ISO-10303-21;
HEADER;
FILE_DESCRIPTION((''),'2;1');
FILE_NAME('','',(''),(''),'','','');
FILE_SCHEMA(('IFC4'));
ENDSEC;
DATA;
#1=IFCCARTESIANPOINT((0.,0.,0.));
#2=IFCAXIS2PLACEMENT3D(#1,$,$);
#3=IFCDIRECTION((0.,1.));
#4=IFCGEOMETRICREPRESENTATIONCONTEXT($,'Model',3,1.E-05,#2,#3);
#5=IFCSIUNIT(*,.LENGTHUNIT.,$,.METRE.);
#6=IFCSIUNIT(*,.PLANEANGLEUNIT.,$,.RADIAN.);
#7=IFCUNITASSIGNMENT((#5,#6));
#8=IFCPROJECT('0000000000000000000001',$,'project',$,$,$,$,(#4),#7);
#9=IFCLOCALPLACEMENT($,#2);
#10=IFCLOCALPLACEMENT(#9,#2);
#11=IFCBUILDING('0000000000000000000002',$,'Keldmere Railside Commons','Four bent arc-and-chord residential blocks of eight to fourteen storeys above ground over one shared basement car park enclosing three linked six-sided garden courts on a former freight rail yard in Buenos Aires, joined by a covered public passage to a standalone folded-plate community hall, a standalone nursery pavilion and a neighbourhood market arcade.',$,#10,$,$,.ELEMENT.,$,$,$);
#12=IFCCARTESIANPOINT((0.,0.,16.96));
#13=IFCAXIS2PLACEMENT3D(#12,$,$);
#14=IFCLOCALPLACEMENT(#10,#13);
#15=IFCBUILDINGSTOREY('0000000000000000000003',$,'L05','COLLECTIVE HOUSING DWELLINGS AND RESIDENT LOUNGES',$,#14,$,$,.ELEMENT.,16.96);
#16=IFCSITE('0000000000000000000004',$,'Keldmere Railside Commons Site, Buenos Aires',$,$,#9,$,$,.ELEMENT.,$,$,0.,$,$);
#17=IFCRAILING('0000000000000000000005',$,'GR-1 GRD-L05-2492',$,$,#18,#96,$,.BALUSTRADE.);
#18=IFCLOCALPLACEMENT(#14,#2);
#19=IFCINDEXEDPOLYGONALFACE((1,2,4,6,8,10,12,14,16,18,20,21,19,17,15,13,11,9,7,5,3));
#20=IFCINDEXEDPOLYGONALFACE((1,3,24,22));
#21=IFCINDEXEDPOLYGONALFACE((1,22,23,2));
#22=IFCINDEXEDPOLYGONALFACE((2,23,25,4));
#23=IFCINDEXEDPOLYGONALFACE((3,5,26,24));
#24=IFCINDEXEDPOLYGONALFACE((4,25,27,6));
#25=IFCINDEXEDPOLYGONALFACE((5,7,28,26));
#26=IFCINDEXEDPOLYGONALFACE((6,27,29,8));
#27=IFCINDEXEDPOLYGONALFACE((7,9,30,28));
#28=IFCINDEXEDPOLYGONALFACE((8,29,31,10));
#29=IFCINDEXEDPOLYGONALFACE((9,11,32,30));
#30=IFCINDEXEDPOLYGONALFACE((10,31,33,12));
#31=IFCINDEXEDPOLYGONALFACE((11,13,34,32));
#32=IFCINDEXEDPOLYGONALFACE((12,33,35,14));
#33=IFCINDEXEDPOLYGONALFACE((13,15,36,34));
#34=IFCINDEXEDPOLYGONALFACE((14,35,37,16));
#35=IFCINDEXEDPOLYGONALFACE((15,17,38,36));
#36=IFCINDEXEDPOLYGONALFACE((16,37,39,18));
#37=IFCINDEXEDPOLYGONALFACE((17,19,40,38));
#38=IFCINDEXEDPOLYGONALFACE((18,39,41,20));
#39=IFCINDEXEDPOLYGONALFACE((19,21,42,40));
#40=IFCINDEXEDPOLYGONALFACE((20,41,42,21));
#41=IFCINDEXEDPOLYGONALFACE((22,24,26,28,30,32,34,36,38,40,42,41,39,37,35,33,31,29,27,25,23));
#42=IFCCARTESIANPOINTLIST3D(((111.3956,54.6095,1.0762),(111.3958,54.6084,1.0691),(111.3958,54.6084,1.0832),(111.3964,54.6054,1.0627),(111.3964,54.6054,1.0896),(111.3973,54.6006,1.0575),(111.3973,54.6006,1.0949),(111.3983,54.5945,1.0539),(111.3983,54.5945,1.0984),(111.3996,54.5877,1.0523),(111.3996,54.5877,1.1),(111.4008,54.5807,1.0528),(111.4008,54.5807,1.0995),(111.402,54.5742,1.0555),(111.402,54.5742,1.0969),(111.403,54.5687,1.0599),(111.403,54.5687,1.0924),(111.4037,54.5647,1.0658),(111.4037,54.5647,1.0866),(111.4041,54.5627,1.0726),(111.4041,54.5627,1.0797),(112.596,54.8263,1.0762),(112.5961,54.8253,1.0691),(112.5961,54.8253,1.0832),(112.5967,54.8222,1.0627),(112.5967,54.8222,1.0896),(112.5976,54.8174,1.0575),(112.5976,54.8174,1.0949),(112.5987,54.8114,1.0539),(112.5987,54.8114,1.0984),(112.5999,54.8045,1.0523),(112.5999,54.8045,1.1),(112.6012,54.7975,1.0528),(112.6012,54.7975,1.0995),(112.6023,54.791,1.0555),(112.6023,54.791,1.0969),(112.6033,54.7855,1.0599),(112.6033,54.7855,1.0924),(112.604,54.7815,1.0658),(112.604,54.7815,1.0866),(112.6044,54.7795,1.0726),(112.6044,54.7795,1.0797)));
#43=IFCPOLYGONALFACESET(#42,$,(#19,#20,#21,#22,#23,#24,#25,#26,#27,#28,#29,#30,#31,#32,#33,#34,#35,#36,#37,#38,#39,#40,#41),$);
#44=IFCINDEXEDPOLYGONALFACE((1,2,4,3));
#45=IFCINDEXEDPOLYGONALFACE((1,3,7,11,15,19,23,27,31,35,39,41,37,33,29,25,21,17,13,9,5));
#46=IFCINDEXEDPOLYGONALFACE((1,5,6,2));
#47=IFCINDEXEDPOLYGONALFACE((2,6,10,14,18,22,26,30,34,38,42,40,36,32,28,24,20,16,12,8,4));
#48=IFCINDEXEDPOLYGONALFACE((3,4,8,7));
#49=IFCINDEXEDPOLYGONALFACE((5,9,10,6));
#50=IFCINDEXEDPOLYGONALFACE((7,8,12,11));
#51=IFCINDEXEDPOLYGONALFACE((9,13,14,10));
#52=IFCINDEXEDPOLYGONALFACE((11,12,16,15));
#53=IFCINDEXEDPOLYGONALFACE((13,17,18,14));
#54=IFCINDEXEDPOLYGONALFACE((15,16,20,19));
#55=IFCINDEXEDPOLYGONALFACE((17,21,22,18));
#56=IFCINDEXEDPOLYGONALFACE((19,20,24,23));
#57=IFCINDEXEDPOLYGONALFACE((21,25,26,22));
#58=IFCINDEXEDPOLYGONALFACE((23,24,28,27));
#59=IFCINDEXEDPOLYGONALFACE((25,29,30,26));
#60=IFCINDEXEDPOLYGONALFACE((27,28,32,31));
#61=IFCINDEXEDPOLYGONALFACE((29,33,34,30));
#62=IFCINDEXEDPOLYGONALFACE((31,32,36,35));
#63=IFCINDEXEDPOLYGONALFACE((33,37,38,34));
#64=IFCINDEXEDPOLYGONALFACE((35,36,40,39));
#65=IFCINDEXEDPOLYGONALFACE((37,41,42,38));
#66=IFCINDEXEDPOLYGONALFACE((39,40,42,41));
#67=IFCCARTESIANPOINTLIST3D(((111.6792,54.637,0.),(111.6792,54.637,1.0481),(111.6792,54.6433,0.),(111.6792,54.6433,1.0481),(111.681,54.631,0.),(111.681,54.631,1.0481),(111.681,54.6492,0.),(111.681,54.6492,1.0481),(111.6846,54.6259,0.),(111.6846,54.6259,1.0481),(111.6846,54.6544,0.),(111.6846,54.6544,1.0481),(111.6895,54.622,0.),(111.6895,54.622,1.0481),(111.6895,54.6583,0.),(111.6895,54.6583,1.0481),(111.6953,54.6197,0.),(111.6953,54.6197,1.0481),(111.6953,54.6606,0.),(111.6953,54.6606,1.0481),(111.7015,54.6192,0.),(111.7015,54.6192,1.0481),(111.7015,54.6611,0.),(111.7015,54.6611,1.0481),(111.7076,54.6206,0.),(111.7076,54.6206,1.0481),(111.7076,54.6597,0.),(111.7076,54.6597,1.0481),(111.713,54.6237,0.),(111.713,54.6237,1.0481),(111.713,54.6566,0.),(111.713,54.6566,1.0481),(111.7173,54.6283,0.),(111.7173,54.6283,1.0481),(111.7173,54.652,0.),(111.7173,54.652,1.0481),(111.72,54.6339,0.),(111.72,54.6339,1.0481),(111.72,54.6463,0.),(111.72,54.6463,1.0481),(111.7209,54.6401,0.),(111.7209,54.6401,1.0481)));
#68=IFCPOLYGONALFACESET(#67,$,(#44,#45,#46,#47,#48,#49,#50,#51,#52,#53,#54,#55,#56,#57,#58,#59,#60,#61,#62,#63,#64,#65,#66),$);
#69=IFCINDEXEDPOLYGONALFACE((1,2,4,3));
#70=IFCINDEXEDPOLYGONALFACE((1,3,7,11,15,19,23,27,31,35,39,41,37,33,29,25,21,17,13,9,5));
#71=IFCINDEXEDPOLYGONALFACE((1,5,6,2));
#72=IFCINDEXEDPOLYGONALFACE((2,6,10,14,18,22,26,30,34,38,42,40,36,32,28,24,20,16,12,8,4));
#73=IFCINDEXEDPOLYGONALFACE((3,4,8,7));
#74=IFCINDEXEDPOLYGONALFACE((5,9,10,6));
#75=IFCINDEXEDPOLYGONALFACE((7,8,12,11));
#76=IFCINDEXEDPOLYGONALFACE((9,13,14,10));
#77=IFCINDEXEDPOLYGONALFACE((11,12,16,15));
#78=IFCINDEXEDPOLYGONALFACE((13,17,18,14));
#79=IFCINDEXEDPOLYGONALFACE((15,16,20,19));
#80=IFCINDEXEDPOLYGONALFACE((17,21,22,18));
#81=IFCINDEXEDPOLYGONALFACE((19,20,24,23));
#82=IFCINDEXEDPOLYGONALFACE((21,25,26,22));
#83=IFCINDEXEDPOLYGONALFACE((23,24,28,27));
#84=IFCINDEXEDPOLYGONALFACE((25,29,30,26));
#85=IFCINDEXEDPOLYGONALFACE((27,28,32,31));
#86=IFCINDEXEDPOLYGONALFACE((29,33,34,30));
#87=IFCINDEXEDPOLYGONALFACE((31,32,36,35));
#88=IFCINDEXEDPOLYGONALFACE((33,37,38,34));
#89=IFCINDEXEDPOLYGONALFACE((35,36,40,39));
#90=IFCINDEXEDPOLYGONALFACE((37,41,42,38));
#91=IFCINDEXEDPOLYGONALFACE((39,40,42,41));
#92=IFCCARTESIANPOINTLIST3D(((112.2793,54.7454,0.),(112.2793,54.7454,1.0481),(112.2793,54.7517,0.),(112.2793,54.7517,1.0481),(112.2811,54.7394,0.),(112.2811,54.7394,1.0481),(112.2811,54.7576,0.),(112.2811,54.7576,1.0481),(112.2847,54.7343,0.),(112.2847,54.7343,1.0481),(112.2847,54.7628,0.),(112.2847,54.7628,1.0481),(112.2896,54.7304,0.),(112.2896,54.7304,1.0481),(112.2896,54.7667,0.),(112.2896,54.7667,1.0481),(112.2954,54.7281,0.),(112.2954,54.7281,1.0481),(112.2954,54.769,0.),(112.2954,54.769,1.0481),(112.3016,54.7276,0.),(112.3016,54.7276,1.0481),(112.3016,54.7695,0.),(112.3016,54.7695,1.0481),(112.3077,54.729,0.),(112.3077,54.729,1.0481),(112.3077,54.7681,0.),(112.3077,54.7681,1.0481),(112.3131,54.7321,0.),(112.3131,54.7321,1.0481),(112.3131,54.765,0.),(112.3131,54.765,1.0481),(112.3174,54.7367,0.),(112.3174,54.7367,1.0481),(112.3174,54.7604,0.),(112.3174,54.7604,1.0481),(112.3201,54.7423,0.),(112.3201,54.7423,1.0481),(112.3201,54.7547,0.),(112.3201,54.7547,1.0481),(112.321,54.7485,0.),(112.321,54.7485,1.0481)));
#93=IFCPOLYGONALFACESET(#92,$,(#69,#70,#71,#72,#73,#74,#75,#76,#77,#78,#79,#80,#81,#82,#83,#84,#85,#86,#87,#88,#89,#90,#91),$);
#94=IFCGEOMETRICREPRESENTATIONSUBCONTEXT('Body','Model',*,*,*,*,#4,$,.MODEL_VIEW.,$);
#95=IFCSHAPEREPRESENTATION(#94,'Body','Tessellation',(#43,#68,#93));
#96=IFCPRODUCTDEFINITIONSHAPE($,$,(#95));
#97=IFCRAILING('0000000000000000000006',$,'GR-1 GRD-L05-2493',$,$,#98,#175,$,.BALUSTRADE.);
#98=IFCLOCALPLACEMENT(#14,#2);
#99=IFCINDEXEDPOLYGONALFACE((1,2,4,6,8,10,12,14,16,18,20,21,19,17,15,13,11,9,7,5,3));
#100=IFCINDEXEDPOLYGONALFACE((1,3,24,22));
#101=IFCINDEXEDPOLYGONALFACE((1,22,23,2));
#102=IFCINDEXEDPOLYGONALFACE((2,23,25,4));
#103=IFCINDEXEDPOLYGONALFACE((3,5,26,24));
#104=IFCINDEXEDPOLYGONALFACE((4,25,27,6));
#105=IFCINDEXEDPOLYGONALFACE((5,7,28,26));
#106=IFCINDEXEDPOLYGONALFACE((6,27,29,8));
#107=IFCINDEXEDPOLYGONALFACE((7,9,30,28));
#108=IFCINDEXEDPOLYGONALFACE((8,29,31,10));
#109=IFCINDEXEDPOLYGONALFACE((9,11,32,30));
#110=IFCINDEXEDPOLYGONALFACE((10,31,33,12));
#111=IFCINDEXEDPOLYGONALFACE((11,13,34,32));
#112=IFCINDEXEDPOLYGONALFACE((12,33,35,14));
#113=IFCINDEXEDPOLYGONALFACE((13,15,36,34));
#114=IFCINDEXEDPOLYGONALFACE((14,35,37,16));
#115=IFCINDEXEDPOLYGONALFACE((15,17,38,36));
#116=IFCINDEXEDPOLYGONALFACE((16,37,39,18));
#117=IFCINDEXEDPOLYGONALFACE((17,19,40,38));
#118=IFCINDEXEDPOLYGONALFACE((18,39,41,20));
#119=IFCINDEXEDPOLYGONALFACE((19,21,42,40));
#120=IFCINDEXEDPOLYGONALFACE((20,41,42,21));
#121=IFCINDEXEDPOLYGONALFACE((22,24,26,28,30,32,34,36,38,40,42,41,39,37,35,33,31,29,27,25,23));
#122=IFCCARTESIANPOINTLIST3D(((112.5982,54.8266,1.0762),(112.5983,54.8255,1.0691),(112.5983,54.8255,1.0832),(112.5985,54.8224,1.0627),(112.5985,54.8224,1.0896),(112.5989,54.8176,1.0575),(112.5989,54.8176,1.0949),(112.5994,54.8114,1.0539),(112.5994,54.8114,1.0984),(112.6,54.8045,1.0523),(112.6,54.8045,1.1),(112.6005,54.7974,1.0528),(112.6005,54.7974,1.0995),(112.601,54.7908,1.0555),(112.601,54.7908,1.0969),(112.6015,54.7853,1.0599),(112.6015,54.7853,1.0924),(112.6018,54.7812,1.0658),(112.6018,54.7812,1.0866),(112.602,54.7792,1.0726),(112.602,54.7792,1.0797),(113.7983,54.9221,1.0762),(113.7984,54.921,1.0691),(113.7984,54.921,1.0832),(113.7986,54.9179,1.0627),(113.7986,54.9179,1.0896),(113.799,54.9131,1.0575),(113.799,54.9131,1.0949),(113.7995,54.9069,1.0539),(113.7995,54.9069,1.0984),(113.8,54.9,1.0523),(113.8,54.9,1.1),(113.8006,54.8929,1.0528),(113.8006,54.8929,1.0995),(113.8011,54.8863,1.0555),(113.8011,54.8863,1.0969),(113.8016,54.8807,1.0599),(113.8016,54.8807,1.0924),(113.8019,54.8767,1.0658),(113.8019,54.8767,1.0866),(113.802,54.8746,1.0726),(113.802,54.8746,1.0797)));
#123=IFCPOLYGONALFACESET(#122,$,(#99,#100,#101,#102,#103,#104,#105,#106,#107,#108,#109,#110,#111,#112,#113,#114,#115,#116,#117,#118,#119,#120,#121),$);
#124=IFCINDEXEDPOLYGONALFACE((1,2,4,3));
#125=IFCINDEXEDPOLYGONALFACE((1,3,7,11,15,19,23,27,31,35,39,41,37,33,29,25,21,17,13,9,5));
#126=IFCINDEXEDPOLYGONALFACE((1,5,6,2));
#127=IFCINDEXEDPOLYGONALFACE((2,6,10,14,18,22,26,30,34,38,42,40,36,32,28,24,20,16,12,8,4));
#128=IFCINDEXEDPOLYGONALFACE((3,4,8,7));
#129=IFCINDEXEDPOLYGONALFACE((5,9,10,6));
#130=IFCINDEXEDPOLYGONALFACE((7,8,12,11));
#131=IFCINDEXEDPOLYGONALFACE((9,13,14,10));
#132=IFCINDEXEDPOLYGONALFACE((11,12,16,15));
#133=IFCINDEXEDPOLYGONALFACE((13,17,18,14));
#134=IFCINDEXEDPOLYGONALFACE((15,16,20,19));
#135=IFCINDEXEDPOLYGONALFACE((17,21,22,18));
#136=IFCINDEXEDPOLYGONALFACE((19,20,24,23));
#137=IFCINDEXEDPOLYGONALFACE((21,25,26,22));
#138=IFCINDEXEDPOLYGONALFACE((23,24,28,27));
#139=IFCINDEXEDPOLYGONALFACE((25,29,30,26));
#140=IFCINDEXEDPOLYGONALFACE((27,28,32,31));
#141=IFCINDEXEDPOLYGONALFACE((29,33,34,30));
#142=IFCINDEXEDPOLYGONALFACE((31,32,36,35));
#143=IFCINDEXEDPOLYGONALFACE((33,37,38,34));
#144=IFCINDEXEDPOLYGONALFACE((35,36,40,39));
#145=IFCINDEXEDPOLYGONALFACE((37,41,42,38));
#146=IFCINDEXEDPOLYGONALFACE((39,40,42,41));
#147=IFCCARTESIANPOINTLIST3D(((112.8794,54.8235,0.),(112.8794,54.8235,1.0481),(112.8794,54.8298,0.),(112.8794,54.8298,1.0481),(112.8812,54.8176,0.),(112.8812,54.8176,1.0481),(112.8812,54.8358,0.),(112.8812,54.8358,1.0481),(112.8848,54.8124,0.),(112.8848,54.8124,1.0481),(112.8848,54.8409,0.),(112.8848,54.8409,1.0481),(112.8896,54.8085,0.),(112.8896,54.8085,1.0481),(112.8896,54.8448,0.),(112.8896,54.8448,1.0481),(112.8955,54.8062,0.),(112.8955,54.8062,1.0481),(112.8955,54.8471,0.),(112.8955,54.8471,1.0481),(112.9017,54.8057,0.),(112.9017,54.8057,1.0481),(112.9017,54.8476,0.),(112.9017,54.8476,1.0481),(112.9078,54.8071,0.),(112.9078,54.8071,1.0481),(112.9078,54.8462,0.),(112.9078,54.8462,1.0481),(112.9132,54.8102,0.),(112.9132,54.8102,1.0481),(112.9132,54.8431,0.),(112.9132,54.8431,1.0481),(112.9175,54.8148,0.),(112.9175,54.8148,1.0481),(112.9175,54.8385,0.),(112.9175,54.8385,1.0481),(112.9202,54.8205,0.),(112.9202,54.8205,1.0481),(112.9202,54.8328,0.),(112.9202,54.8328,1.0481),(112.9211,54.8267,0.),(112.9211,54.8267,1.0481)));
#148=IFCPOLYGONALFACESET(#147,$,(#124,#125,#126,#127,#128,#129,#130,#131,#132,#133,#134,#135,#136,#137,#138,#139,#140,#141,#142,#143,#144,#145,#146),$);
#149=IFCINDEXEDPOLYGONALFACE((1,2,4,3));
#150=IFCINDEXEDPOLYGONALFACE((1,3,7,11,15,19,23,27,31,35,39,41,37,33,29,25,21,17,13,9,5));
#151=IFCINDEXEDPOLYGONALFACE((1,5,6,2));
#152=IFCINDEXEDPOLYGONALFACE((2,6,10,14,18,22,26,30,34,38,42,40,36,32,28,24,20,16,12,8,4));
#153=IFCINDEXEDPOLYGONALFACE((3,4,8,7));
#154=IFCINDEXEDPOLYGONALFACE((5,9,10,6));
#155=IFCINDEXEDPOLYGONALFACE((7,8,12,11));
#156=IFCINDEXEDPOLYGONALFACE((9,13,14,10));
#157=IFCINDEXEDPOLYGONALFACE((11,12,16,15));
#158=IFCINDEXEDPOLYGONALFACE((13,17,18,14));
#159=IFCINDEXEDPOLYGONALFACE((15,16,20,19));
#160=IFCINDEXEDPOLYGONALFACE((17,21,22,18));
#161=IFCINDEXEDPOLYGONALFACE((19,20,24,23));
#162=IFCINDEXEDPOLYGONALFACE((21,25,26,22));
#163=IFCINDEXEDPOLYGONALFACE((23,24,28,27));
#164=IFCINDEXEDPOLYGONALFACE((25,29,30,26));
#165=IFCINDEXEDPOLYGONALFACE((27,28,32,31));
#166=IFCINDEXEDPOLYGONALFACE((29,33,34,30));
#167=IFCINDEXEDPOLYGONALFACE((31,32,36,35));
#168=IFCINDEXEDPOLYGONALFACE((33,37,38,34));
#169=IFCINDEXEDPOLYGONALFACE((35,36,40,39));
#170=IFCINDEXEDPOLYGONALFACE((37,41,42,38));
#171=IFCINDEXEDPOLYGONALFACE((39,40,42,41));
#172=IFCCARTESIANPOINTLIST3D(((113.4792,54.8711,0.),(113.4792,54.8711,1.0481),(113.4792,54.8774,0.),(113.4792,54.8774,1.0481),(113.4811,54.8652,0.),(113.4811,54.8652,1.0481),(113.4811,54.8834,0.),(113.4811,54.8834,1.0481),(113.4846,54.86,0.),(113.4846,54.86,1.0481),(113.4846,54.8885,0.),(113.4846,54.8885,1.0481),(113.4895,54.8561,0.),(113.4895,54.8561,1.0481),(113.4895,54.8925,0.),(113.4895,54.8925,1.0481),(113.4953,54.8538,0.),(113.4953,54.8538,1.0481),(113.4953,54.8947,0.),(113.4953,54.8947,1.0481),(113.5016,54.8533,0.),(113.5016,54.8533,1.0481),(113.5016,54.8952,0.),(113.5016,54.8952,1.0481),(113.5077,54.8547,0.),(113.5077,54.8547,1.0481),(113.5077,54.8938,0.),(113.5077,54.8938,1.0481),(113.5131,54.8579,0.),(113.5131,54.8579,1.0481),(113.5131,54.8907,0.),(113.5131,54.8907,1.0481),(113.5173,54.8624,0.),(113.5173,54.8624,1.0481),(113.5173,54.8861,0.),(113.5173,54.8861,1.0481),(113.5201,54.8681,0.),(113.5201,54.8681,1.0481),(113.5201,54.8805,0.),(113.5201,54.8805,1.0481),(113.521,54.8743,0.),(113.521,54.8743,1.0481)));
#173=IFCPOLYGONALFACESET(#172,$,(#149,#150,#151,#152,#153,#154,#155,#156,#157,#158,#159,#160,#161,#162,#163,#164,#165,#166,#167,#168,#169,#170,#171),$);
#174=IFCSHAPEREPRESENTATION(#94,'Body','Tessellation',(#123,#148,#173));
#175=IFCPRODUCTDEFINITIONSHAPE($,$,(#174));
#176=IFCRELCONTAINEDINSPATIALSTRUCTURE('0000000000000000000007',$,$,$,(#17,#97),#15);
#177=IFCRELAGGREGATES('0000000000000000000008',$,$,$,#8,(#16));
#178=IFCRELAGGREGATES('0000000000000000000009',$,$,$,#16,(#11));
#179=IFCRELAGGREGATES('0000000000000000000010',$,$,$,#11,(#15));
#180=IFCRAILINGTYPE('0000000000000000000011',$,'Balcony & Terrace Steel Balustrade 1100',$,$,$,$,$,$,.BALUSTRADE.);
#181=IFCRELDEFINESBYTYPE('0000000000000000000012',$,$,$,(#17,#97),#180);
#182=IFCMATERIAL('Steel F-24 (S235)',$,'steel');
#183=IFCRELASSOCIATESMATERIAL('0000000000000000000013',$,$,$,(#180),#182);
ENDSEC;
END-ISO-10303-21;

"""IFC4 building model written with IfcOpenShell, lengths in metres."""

from ifc_helpers import new_model, si_unit, direction, frame, origin, origin_2d, place, context, subcontext, project, spatial, circle, extrude, material, type_object, element, save


model = new_model("IFC4")

# Units and contexts
model_context = context("Model", 3, precision=1e-05, world=origin(), true_north=direction((0.0, 1.0)))
body_context = subcontext(model_context, "Body", "Model", "MODEL_VIEW")
ifc_project = project(units=[si_unit("LENGTHUNIT", "METRE"), si_unit("PLANEANGLEUNIT", "RADIAN")], contexts=[model_context])

# Site, building, storey
site_placement = place(None, origin())
site = spatial("IfcSite", under=ifc_project, at=site_placement, Name="Keldmere Railside Commons Site, Buenos Aires", CompositionType="ELEMENT", RefElevation=0.0)
building_placement = place(site_placement, origin())
building = spatial("IfcBuilding", under=site, at=building_placement, Name="Keldmere Railside Commons", Description="Four bent arc-and-chord residential blocks of eight to fourteen storeys above ground over one shared basement car park enclosing three linked six-sided garden courts on a former freight rail yard in Buenos Aires, joined by a covered public passage to a standalone folded-plate community hall, a standalone nursery pavilion and a neighbourhood market arcade.", CompositionType="ELEMENT")
storey_placement = place(building_placement, frame((0.0, 0.0, 16.96)))
storey = spatial("IfcBuildingStorey", under=building, at=storey_placement, Name="L05", Description="COLLECTIVE HOUSING DWELLINGS AND RESIDENT LOUNGES", CompositionType="ELEMENT", Elevation=16.96)

# Shared definitions
ifc_material_1 = material(Name="Steel F-24 (S235)", Category="steel")

# Railings
railing_type = type_object("IfcRailingType", Name="Balcony & Terrace Steel Balustrade 1100", PredefinedType="BALUSTRADE", material=ifc_material_1)
railing_1_placement = place(storey_placement, frame((111.3999, 54.5859, 0.0)))
element("IfcRailing", 1, at=railing_1_placement, inside=storey, type_object=railing_type, Name="GR-1 GRD-L05-2492", PredefinedType="BALUSTRADE", context=body_context, shape_type="SweptSolid", body=[
    extrude(circle(Radius=0.0239, at=origin_2d()), frame((0.0, 0.0, 1.0762), z_axis=(0.984074, 0.177758, 0.0), x_axis=(-0.177758, 0.984074, 0.0)), (0.0, 0.0, 1.0), 1.2197),
    extrude(circle(Radius=0.021, at=origin_2d()), frame((0.3, 0.0542, 0.0)), (0.0, 0.0, 1.0), 1.0481),
    extrude(circle(Radius=0.021, at=origin_2d()), frame((0.9001, 0.1626, 0.0)), (0.0, 0.0, 1.0), 1.0481),
])
railing_2_placement = place(storey_placement, frame((112.6001, 54.8027, 0.0)))
element("IfcRailing", 2, at=railing_2_placement, inside=storey, type_object=railing_type, Name="GR-1 GRD-L05-2493", PredefinedType="BALUSTRADE", context=body_context, shape_type="SweptSolid", body=[
    extrude(circle(Radius=0.0239, at=origin_2d()), frame((0.0, 0.0, 1.0762), z_axis=(0.996851, 0.079302, 0.0), x_axis=(-0.079302, 0.996851, 0.0)), (0.0, 0.0, 1.0), 1.2039),
    extrude(circle(Radius=0.021, at=origin_2d()), frame((0.3, 0.0239, 0.0)), (0.0, 0.0, 1.0), 1.0481),
    extrude(circle(Radius=0.021, at=origin_2d()), frame((0.8999, 0.0715, 0.0)), (0.0, 0.0, 1.0), 1.0481),
])

save(model, "model.ifc")
